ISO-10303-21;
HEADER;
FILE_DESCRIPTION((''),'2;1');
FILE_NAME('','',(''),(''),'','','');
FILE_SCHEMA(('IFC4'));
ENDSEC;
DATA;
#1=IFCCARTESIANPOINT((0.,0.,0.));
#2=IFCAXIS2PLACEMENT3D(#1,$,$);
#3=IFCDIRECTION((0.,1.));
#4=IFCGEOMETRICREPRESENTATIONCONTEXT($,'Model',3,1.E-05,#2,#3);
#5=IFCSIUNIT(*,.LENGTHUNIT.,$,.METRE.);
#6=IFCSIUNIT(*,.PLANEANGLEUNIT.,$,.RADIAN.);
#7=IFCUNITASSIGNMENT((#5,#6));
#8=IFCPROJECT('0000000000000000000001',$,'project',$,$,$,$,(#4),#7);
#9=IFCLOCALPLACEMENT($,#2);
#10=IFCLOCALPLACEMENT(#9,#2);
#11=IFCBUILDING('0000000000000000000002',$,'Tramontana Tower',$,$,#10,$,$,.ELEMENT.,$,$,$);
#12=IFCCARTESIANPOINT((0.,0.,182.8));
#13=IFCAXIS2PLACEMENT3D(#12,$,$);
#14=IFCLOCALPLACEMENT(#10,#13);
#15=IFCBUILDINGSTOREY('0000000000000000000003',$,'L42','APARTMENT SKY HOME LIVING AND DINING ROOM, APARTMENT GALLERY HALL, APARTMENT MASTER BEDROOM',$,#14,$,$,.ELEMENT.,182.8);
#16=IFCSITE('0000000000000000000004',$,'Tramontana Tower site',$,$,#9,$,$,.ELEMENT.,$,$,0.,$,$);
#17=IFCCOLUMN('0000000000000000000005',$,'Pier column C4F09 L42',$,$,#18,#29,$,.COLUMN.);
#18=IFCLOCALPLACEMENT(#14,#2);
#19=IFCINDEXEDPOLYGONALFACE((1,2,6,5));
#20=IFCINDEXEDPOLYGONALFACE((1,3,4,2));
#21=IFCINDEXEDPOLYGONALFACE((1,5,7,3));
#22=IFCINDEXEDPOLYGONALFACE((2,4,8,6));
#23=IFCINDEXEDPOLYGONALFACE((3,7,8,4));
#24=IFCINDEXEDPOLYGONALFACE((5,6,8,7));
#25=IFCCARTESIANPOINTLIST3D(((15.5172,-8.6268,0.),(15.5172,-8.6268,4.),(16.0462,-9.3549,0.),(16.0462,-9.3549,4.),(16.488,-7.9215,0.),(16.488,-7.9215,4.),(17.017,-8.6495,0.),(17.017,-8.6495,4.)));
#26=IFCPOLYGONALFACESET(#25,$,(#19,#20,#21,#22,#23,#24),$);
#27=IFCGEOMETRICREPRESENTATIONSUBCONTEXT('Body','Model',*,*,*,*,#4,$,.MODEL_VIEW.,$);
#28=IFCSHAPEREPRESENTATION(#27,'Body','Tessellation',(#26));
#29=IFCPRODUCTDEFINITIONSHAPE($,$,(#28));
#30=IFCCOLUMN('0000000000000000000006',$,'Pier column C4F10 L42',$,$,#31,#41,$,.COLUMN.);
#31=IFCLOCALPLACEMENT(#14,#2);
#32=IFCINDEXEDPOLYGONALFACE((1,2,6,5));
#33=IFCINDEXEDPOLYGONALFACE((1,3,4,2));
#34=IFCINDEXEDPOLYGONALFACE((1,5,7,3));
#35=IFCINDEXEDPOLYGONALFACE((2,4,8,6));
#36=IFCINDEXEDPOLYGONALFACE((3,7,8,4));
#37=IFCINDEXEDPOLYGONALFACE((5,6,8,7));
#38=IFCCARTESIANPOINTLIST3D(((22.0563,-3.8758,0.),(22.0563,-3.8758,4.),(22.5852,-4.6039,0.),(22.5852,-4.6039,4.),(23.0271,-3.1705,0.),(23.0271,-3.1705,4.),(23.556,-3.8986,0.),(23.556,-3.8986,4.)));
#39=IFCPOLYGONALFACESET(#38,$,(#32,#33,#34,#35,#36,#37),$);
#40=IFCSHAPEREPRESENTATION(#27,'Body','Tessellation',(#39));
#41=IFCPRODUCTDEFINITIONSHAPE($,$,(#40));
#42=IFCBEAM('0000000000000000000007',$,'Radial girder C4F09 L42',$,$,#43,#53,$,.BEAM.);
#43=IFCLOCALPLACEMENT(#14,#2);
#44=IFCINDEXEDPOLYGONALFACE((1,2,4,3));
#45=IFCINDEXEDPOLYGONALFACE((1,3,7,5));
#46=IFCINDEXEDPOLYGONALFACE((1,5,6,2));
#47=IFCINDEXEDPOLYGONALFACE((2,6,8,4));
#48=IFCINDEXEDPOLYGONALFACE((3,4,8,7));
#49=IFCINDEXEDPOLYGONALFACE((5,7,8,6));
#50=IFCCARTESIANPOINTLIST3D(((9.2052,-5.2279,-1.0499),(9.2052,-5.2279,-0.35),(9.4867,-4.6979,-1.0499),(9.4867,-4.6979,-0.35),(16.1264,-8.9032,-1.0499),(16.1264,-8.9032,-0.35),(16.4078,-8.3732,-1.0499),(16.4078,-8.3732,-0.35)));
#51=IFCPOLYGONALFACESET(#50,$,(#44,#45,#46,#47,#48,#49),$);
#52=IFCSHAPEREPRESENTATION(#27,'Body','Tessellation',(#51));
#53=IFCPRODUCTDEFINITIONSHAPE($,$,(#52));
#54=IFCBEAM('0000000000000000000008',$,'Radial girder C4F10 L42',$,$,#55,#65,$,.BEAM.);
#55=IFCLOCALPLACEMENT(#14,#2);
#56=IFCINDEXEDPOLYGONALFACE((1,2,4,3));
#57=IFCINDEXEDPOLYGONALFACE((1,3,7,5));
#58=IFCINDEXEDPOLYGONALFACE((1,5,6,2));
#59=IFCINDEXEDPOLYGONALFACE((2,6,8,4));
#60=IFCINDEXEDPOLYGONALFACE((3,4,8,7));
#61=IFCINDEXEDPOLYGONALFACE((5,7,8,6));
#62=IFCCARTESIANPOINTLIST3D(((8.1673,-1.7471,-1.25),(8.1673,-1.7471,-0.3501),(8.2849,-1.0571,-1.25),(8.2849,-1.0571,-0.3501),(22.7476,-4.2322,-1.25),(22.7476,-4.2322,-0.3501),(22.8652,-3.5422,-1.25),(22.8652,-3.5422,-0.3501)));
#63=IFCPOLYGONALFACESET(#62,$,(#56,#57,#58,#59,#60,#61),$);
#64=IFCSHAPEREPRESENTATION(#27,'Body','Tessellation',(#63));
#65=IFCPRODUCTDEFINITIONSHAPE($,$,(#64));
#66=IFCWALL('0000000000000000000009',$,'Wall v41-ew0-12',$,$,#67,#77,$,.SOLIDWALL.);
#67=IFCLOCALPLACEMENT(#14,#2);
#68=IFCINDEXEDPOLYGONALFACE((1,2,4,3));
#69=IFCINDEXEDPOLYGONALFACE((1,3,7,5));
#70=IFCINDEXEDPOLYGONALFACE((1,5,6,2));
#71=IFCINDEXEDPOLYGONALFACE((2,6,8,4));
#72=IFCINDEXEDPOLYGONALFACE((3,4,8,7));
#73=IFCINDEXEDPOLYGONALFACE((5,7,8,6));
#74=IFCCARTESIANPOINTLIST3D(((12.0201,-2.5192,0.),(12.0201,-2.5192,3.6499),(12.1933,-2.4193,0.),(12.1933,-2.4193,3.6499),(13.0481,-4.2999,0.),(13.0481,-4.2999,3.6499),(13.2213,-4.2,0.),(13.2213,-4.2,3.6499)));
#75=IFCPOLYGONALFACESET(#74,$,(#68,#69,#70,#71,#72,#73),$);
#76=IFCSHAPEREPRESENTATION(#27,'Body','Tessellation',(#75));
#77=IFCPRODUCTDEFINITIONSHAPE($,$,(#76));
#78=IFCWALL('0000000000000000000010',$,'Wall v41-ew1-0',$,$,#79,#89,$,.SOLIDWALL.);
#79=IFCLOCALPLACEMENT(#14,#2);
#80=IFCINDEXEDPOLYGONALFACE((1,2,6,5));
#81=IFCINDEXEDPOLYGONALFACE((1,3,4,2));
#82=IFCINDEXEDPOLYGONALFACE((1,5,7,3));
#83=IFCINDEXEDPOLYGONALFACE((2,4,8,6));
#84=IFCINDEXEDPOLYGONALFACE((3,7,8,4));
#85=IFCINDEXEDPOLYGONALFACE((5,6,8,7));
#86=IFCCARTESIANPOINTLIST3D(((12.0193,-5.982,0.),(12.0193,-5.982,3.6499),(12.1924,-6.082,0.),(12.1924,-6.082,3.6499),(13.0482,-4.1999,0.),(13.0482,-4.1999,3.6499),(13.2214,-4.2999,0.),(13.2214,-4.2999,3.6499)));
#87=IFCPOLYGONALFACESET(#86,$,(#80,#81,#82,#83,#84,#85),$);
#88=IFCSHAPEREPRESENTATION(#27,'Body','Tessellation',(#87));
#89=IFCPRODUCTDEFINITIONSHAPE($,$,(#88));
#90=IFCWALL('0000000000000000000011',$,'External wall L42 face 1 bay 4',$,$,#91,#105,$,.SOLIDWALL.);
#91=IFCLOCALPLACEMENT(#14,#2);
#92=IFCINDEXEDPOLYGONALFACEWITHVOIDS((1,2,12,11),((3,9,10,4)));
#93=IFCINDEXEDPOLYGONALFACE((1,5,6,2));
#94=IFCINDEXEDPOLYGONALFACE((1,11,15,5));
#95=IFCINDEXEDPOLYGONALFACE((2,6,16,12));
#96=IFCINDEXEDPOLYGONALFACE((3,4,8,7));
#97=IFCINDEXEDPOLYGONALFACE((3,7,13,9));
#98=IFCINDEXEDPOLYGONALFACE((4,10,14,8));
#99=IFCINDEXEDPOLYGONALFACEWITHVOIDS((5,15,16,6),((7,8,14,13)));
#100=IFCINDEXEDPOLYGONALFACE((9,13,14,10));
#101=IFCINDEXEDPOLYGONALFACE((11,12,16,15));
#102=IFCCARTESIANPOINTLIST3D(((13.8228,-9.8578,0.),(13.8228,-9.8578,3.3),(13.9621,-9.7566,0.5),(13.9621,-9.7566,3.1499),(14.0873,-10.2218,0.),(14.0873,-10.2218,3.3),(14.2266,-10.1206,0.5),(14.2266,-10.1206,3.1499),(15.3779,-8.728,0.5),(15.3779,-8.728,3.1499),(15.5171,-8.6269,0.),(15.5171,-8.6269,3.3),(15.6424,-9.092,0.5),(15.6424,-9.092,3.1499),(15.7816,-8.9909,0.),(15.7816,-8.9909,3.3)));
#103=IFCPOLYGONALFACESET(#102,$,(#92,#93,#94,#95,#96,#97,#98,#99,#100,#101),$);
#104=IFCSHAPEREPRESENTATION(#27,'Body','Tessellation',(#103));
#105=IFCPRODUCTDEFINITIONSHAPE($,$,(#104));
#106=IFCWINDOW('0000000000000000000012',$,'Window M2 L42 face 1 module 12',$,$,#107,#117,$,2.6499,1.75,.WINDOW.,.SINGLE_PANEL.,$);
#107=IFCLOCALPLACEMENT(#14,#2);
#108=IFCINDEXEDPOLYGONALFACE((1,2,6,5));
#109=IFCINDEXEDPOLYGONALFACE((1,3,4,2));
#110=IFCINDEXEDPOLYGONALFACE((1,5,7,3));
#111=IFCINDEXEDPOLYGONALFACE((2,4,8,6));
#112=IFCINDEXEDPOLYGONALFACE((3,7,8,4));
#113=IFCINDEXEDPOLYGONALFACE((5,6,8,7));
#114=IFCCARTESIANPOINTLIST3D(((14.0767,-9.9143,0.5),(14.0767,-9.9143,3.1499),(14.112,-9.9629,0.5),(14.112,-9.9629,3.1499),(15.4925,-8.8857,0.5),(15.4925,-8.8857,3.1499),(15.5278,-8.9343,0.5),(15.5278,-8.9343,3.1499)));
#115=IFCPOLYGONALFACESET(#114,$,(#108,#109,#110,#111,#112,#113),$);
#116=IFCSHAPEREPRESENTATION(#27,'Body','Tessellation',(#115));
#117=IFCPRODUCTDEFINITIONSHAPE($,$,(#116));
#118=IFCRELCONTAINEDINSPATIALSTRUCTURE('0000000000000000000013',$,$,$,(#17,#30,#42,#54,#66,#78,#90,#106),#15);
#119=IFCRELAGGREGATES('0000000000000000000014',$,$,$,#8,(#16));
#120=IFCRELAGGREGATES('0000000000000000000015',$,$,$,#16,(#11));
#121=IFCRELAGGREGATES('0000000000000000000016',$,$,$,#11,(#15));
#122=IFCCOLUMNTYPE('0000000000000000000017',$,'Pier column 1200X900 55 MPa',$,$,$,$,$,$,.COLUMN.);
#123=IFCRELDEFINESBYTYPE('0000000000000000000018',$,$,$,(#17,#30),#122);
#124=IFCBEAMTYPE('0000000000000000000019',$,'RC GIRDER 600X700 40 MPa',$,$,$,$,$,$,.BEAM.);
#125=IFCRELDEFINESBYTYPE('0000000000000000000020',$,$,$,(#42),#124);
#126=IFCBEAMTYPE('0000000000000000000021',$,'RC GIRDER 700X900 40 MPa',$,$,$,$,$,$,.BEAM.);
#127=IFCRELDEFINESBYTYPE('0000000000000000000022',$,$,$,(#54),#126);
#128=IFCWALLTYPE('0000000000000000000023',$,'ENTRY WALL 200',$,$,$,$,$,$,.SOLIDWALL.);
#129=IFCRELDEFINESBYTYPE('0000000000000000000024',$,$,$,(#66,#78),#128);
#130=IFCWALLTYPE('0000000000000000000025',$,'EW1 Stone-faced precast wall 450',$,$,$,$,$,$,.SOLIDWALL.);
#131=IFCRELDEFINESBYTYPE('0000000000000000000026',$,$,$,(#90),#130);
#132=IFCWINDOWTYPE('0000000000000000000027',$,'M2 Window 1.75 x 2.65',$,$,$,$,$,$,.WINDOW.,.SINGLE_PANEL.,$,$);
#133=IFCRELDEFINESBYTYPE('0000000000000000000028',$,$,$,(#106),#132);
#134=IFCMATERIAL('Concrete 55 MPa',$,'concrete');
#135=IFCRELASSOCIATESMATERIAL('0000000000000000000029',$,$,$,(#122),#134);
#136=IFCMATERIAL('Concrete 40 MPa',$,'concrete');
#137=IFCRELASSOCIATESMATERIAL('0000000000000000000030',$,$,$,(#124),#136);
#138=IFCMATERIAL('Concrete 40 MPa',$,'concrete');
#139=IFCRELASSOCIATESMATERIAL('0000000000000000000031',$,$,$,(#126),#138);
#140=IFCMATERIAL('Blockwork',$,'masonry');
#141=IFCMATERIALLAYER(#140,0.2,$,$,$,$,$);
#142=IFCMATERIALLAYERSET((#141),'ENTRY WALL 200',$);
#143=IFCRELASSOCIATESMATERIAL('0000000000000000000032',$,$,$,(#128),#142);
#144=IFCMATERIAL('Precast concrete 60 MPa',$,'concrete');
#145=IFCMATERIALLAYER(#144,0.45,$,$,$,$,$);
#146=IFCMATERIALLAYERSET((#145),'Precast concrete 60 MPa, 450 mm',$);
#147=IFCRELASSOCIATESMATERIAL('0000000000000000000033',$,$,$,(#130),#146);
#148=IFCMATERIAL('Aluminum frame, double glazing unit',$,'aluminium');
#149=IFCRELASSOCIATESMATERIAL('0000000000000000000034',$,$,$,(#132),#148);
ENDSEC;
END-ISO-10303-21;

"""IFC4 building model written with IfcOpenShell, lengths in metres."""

from ifc_helpers import new_model, si_unit, direction, frame, frame_2d, origin, origin_2d, place, context, subcontext, project, spatial, rectangle, extrude, material, layer, layer_set, material_profile, profile_set, type_object, element, fill, save


model = new_model("IFC4")

# Units and contexts
model_context = context("Model", 3, precision=1e-05, world=origin(), true_north=direction((0.0, 1.0)))
body_context = subcontext(model_context, "Body", "Model", "MODEL_VIEW")
ifc_project = project(units=[si_unit("LENGTHUNIT", "METRE"), si_unit("PLANEANGLEUNIT", "RADIAN")], contexts=[model_context])

# Site, building, storey
site_placement = place(None, origin())
site = spatial("IfcSite", under=ifc_project, at=site_placement, Name="Tramontana Tower site", CompositionType="ELEMENT", RefElevation=0.0)
building_placement = place(site_placement, origin())
building = spatial("IfcBuilding", under=site, at=building_placement, Name="Tramontana Tower", CompositionType="ELEMENT")
storey_placement = place(building_placement, frame((0.0, 0.0, 182.8)))
storey = spatial("IfcBuildingStorey", under=building, at=storey_placement, Name="L42", Description="APARTMENT SKY HOME LIVING AND DINING ROOM, APARTMENT GALLERY HALL, APARTMENT MASTER BEDROOM", CompositionType="ELEMENT", Elevation=182.8)

# Columns
ifc_material_1 = material(Name="Concrete 55 MPa", Category="concrete")
ifc_material_profile_1 = material_profile(ifc_material_1, rectangle(XDim=1.2, YDim=0.8999, at=origin_2d()), Name="Pier column 1200X900 55 MPa")
ifc_profile_set_1 = profile_set([ifc_material_profile_1], Name="Concrete 55 MPa")
column_type = type_object("IfcColumnType", Name="Pier column 1200X900 55 MPa", PredefinedType="COLUMN", material=ifc_profile_set_1)
for number, where, z_axis, x_axis, name in (
    (1, (16.2671, -8.6382, 0.0), (0.0, 0.0, 1.0), (0.809017, 0.587785, 0.0), "Pier column C4F09 L42"),
    (2, (22.8062, -3.8872, 0.0), (0.0, 0.0, 1.0), (0.809017, 0.587785, 0.0), "Pier column C4F10 L42"),
):
    element("IfcColumn", number, at=place(storey_placement, frame(where, z_axis=z_axis, x_axis=x_axis)), inside=storey, type_object=column_type, Name=name, PredefinedType="COLUMN", context=body_context, shape_type="SweptSolid", body=[
        extrude(rectangle(XDim=1.2, YDim=0.8999, at=origin_2d()), origin(), (0.0, 0.0, 1.0), 4.0),
    ])

# Beams
ifc_material_2 = material(Name="Concrete 40 MPa", Category="concrete")
ifc_material_profile_2 = material_profile(ifc_material_2, rectangle(XDim=0.6001, YDim=0.7, at=origin_2d()), Name="RC GIRDER 600X700 40 MPa")
ifc_profile_set_2 = profile_set([ifc_material_profile_2], Name="Concrete 40 MPa")
beam_type_1 = type_object("IfcBeamType", Name="RC GIRDER 600X700 40 MPa", PredefinedType="BEAM", material=ifc_profile_set_2)
beam_1_placement = place(storey_placement, frame((16.2671, -8.6382, -0.7), z_axis=(-0.883198, 0.469, 0.0), x_axis=(-0.469, -0.883198, 0.0)))
element("IfcBeam", 3, at=beam_1_placement, inside=storey, type_object=beam_type_1, Name="Radial girder C4F09 L42", PredefinedType="BEAM", context=body_context, shape_type="SweptSolid", body=[
    extrude(rectangle(XDim=0.6001, YDim=0.7, at=origin_2d()), origin(), (0.0, 0.0, 1.0), 7.8364),
])
ifc_material_3 = material(Name="Concrete 40 MPa", Category="concrete")
ifc_material_profile_3 = material_profile(ifc_material_3, rectangle(XDim=0.7, YDim=0.8999, at=origin_2d()), Name="RC GIRDER 700X900 40 MPa")
ifc_profile_set_3 = profile_set([ifc_material_profile_3], Name="Concrete 40 MPa")
beam_type_2 = type_object("IfcBeamType", Name="RC GIRDER 700X900 40 MPa", PredefinedType="BEAM", material=ifc_profile_set_3)
beam_2_placement = place(storey_placement, frame((22.8064, -3.8872, -0.8), z_axis=(-0.985784, 0.168019, 0.0), x_axis=(-0.168019, -0.985784, 0.0)))
element("IfcBeam", 4, at=beam_2_placement, inside=storey, type_object=beam_type_2, Name="Radial girder C4F10 L42", PredefinedType="BEAM", context=body_context, shape_type="SweptSolid", body=[
    extrude(rectangle(XDim=0.7, YDim=0.8999, at=origin_2d()), origin(), (0.0, 0.0, 1.0), 14.7905),
])

# Walls
ifc_material_4 = material(Name="Blockwork", Category="masonry")
ifc_layer_1 = layer(ifc_material_4, 0.2)
ifc_layer_set_1 = layer_set([ifc_layer_1], Name="ENTRY WALL 200")
wall_type_1 = type_object("IfcWallType", Name="ENTRY WALL 200", PredefinedType="SOLIDWALL", material=ifc_layer_set_1)
wall_1_placement = place(storey_placement, frame((12.1067, -2.4692, 0.0), z_axis=(0.0, 0.0, 1.0), x_axis=(0.499983, -0.866035, 0.0)))
element("IfcWall", 5, at=wall_1_placement, inside=storey, type_object=wall_type_1, Name="Wall v41-ew0-12", PredefinedType="SOLIDWALL", context=body_context, shape_type="SweptSolid", body=[
    extrude(rectangle(XDim=2.0562, YDim=0.2, at=frame_2d((1.0281, 0.0))), origin(), (0.0, 0.0, 1.0), 3.6499),
])
wall_2_placement = place(storey_placement, frame((13.1348, -4.25, 0.0), z_axis=(0.0, 0.0, 1.0), x_axis=(-0.500031, -0.866008, 0.0)))
element("IfcWall", 6, at=wall_2_placement, inside=storey, type_object=wall_type_1, Name="Wall v41-ew1-0", PredefinedType="SOLIDWALL", context=body_context, shape_type="SweptSolid", body=[
    extrude(rectangle(XDim=2.0579, YDim=0.2, at=frame_2d((1.0288, 0.0))), origin(), (0.0, 0.0, 1.0), 3.6499),
])

# Wall, opening, window
ifc_material_5 = material(Name="Precast concrete 60 MPa", Category="concrete")
ifc_layer_2 = layer(ifc_material_5, 0.45)
ifc_layer_set_2 = layer_set([ifc_layer_2], Name="Precast concrete 60 MPa, 450 mm")
wall_type_2 = type_object("IfcWallType", Name="EW1 Stone-faced precast wall 450", PredefinedType="SOLIDWALL", material=ifc_layer_set_2)
wall_3_placement = place(storey_placement, frame((13.9551, -10.0398, 0.0), z_axis=(0.0, 0.0, 1.0), x_axis=(0.809028, 0.58777, 0.0)))
wall_3 = element("IfcWall", 7, at=wall_3_placement, inside=storey, type_object=wall_type_2, Name="External wall L42 face 1 bay 4", PredefinedType="SOLIDWALL", context=body_context, shape_type="SweptSolid", body=[
    extrude(rectangle(XDim=2.0942, YDim=0.45, at=frame_2d((1.0471, 0.0))), origin(), (0.0, 0.0, 1.0), 3.3),
])
opening_1_placement = place(wall_3_placement, frame((0.1721, 0.0, 0.5)))
opening_1 = element("IfcOpeningElement", 8, at=opening_1_placement, cuts=wall_3, PredefinedType="OPENING", context=body_context, shape_type="SweptSolid", body=[
    extrude(rectangle(XDim=1.75, YDim=2.6499, at=frame_2d((0.875, 1.325))), frame((0.0, 0.2349, 0.0), z_axis=(0.0, -1.0, 0.0), x_axis=(1.0, 0.0, 0.0)), (0.0, 0.0, 1.0), 0.47),
])
ifc_material_6 = material(Name="Aluminum frame, double glazing unit", Category="aluminium")
window_type_1 = type_object("IfcWindowType", Name="M2 Window 1.75 x 2.65", PartitioningType="SINGLE_PANEL", PredefinedType="WINDOW", material=ifc_material_6)
window_1_placement = place(opening_1_placement, origin())
window_1 = element("IfcWindow", 9, at=window_1_placement, inside=storey, type_object=window_type_1, Name="Window M2 L42 face 1 module 12", OverallHeight=2.6499, OverallWidth=1.75, PartitioningType="SINGLE_PANEL", PredefinedType="WINDOW", context=body_context, shape_type="SweptSolid", body=[
    extrude(rectangle(XDim=1.75, YDim=2.6499, at=frame_2d((0.875, 1.325))), frame((0.0, 0.03, 0.0), z_axis=(0.0, -1.0, 0.0), x_axis=(1.0, 0.0, 0.0)), (0.0, 0.0, 1.0), 0.0601),
])
fill(opening_1, window_1)

save(model, "model.ifc")
